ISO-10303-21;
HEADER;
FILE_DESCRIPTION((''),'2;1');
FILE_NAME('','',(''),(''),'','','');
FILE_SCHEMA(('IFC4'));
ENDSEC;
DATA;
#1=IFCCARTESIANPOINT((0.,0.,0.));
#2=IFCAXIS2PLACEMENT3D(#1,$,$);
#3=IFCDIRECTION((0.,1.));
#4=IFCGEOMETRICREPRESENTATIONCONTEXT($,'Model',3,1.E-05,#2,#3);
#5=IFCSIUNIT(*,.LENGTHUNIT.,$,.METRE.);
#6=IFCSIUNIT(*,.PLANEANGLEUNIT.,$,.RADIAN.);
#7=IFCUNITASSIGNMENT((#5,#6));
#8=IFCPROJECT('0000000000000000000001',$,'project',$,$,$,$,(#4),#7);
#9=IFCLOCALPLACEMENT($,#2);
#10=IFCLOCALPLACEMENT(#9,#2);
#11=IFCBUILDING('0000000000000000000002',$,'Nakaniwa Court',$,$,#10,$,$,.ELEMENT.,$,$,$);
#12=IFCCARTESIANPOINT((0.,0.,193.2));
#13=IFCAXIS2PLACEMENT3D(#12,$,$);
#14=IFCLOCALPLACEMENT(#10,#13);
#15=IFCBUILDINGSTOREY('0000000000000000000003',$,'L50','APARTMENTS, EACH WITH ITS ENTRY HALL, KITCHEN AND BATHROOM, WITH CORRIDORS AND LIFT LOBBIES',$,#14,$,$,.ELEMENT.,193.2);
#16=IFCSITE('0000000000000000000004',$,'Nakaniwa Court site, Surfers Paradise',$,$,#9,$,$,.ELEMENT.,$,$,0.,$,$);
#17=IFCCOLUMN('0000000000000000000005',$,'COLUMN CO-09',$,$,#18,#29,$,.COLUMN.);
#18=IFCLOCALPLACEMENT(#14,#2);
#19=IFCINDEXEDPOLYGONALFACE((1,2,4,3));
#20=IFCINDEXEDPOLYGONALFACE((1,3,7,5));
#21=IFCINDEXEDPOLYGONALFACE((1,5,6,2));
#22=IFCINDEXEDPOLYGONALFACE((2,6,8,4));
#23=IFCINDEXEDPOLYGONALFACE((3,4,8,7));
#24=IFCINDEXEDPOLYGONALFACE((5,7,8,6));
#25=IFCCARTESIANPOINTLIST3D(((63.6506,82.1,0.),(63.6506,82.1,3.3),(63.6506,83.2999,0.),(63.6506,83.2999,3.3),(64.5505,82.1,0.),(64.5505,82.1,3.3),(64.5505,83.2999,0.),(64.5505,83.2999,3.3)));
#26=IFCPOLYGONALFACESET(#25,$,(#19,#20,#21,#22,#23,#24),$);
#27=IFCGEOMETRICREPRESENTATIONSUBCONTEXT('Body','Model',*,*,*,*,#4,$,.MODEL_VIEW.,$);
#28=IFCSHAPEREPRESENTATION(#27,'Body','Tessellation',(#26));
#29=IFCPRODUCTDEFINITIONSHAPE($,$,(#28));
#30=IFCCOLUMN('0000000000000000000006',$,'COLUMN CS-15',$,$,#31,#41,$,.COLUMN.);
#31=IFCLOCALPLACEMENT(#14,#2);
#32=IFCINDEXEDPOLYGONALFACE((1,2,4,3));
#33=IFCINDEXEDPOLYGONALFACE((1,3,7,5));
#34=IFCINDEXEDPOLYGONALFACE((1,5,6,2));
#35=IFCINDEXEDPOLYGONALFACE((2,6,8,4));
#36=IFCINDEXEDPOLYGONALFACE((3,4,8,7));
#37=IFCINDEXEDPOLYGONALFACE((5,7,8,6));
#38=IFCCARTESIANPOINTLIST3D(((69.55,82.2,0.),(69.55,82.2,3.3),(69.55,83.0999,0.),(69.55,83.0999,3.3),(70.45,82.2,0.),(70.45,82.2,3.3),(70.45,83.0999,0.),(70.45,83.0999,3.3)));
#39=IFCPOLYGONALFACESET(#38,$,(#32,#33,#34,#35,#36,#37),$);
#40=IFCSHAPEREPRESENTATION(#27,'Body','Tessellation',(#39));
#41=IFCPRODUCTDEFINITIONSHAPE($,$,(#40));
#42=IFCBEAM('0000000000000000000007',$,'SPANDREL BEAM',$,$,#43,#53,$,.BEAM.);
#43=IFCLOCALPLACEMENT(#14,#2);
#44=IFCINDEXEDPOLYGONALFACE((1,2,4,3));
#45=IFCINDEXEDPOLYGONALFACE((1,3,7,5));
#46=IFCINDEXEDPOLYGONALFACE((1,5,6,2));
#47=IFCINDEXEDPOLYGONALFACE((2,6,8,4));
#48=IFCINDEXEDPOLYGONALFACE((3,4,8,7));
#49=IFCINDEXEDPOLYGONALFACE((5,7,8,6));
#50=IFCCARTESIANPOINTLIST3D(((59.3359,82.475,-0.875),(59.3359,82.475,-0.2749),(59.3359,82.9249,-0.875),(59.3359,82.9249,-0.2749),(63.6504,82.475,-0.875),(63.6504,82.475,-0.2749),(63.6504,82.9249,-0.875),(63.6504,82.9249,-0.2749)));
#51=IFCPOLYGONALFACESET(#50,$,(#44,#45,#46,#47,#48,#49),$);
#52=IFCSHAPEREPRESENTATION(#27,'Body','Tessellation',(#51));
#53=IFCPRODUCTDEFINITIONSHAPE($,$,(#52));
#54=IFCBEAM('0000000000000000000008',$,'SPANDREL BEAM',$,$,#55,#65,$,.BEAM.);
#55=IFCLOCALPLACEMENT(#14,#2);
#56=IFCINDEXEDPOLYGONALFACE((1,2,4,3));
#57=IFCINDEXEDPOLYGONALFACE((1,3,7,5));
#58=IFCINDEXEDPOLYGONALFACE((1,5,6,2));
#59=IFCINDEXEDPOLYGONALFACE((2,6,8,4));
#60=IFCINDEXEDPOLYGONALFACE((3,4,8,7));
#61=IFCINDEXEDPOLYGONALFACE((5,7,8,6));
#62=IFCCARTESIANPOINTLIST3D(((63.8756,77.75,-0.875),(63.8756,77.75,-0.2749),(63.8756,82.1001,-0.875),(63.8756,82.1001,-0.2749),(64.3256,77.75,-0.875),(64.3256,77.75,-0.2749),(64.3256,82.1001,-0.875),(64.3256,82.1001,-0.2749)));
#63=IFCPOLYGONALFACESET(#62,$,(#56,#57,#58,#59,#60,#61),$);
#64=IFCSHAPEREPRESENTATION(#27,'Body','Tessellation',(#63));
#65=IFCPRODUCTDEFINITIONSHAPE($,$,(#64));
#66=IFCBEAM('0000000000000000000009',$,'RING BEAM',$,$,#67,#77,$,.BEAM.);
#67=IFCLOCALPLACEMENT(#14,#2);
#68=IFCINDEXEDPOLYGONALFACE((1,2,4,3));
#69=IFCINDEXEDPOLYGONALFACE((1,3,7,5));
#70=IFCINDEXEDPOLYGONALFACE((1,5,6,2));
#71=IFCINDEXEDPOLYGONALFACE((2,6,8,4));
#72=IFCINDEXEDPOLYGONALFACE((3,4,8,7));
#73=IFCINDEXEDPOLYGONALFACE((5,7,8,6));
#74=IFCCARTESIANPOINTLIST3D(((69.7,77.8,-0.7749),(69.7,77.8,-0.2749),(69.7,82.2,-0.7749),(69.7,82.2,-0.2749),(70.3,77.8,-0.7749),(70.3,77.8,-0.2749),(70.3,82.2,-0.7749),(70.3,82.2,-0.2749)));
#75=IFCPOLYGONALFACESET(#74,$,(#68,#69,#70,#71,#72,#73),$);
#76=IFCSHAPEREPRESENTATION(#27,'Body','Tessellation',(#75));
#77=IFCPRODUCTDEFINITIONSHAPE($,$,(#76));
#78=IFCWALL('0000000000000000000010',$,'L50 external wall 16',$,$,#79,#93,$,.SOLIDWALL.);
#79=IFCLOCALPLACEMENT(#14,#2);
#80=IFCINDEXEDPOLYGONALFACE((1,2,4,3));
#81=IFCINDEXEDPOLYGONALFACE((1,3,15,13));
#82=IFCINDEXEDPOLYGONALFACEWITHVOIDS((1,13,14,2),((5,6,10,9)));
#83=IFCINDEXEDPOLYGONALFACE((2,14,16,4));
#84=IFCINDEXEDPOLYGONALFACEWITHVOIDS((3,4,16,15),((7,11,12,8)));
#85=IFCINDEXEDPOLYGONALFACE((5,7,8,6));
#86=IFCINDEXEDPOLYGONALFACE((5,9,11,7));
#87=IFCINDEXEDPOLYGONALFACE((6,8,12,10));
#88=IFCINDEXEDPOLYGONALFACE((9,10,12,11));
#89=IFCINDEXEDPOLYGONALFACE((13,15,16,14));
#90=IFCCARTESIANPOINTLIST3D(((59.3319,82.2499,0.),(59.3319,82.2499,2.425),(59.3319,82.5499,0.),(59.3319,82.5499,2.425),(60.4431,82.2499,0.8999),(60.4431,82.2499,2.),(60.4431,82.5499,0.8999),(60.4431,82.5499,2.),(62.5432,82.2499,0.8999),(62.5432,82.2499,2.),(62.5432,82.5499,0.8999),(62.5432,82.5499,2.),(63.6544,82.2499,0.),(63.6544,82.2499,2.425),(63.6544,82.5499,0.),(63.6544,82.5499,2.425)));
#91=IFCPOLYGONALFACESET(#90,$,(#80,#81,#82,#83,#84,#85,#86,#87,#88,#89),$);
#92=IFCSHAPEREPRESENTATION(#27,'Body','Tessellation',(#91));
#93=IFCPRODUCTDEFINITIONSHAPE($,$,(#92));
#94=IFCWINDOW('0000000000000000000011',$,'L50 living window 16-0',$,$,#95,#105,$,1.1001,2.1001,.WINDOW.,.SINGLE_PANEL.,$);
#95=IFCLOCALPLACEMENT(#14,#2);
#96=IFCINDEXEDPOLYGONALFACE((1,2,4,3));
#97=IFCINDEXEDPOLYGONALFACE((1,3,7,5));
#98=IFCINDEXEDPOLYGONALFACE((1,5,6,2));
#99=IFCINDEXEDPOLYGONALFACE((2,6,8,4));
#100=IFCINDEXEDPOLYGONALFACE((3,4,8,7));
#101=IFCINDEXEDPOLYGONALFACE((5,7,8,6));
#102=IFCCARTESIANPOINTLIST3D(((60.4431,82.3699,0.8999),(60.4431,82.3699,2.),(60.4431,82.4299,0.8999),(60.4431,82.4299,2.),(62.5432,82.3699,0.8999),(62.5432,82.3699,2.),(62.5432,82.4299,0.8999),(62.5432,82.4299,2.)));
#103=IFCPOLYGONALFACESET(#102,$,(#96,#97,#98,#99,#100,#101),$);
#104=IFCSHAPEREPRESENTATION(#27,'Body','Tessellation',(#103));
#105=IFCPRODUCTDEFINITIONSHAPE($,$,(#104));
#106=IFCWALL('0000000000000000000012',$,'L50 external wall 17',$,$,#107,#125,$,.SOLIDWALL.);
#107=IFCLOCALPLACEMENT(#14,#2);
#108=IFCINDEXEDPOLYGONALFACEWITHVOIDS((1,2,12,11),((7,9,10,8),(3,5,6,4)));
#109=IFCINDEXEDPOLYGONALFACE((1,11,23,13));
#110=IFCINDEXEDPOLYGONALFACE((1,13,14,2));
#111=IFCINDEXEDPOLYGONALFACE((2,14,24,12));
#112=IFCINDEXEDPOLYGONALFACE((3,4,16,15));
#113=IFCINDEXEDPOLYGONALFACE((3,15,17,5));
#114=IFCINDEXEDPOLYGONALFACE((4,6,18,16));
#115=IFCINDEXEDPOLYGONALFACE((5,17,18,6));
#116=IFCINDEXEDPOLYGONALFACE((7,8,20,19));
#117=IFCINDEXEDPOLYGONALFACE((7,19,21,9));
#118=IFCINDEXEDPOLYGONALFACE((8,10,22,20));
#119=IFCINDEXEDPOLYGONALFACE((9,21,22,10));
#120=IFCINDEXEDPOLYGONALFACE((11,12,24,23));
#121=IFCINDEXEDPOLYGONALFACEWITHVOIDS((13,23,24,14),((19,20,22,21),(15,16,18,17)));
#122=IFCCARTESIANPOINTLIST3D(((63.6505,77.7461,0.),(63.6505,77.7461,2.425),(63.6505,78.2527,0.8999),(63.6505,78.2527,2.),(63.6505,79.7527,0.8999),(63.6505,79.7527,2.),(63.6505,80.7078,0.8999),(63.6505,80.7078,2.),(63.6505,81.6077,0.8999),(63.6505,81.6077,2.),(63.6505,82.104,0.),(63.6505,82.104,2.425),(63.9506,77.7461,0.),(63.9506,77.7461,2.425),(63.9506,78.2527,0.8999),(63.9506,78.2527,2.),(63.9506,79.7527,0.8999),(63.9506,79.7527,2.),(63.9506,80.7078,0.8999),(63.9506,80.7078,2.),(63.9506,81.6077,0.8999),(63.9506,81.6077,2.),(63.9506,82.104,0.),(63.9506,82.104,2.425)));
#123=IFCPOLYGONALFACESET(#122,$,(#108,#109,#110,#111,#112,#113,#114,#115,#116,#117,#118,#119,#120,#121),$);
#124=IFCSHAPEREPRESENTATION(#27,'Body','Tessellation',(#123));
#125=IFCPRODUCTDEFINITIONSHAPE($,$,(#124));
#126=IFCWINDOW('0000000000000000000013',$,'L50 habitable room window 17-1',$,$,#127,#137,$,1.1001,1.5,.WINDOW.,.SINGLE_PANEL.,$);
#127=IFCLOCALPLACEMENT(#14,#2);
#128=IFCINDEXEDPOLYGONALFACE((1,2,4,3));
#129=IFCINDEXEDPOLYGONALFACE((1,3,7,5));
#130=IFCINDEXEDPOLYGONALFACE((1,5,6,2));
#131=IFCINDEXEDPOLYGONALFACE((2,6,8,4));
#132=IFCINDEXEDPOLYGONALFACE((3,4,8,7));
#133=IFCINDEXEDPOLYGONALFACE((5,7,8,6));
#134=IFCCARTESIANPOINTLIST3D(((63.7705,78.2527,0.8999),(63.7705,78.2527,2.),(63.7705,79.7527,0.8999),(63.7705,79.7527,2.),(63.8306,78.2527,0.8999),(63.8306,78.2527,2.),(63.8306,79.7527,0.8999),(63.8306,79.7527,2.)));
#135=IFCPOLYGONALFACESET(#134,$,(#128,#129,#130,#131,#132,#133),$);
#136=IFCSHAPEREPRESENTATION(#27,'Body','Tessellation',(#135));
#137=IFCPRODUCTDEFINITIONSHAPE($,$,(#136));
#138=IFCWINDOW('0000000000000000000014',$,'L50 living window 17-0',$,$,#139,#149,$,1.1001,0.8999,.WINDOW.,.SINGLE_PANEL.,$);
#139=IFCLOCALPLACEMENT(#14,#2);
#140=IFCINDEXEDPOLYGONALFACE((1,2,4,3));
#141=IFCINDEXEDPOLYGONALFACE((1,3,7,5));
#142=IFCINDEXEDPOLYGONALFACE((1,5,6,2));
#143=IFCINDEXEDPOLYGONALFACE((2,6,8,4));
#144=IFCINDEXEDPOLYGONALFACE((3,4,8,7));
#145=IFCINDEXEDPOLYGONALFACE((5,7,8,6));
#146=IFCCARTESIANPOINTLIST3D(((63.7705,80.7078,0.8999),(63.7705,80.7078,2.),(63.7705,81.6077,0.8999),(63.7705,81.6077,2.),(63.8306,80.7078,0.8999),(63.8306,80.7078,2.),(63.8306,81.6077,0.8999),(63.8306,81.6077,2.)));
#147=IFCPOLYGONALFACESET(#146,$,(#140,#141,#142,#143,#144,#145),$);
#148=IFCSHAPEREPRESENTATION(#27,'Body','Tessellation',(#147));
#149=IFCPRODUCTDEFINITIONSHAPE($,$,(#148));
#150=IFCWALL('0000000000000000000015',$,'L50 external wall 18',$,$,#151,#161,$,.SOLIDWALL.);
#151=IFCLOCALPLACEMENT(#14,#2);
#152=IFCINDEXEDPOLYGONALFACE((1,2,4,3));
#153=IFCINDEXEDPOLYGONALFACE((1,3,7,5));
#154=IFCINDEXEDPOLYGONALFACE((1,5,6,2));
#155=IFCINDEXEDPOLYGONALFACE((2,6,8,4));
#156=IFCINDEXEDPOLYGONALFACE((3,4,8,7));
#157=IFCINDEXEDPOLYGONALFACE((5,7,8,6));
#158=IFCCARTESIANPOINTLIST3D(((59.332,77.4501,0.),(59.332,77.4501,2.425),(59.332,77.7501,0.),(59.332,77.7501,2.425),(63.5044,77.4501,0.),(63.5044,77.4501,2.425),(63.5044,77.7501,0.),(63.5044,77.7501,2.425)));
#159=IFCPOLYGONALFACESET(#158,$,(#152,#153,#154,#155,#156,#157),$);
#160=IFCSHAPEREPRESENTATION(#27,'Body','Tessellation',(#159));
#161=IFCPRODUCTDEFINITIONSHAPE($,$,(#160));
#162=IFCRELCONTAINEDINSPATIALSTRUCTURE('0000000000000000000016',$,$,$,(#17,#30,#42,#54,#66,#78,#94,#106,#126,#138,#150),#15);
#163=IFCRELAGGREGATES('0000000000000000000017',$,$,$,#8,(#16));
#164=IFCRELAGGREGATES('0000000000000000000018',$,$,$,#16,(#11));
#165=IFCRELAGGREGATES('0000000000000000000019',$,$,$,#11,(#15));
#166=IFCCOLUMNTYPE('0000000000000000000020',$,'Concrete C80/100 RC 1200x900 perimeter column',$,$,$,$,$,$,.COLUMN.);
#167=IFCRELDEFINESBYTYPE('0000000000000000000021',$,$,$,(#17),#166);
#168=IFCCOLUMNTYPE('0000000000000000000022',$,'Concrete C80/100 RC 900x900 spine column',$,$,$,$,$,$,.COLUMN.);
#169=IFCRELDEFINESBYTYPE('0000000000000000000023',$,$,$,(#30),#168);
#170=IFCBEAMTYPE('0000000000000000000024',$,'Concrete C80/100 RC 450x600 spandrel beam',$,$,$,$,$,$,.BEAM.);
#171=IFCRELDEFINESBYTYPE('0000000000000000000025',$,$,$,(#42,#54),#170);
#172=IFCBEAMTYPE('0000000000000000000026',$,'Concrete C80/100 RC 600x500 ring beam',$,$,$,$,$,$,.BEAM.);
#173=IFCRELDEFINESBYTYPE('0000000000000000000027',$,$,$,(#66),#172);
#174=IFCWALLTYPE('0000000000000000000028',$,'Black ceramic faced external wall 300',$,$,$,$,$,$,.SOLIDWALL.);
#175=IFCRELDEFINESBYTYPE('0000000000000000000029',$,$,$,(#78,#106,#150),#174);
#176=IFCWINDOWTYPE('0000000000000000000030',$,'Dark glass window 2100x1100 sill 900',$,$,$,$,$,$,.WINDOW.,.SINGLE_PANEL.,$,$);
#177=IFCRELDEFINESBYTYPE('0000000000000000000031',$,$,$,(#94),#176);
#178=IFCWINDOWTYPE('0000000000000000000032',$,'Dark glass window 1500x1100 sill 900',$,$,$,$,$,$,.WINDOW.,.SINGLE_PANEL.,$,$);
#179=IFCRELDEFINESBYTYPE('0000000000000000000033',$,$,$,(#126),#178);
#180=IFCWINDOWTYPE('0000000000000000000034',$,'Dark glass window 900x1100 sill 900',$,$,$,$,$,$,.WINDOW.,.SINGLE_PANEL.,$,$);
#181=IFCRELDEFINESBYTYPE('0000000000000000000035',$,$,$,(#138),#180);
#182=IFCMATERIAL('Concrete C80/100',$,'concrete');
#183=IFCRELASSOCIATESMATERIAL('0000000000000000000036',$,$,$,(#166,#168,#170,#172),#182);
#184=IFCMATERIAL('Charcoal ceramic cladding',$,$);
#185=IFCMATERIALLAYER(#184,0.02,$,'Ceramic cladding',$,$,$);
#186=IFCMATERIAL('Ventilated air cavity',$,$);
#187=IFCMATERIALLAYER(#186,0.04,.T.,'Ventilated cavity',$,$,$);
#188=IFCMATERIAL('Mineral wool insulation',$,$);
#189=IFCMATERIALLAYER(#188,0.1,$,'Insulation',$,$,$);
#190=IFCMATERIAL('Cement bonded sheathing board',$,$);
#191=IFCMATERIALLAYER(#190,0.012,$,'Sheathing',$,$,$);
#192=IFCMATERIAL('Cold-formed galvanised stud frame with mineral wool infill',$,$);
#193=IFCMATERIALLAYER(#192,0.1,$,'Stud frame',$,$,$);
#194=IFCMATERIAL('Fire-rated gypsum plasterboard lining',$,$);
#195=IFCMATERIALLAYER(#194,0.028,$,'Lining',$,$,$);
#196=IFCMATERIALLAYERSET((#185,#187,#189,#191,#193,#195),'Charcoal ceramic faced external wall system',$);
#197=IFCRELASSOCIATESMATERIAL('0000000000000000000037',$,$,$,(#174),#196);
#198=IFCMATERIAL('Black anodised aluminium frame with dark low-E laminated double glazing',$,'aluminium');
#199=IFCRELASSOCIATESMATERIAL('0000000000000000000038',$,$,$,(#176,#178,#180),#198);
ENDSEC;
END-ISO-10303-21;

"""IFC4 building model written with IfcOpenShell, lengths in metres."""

from ifc_helpers import new_model, si_unit, direction, frame, frame_2d, origin, origin_2d, place, context, subcontext, project, spatial, rectangle, extrude, material, layer, layer_set, material_profile, profile_set, type_object, element, fill, save


model = new_model("IFC4")

# Units and contexts
model_context = context("Model", 3, precision=1e-05, world=origin(), true_north=direction((0.0, 1.0)))
body_context = subcontext(model_context, "Body", "Model", "MODEL_VIEW")
ifc_project = project(units=[si_unit("LENGTHUNIT", "METRE"), si_unit("PLANEANGLEUNIT", "RADIAN")], contexts=[model_context])

# Site, building, storey
site_placement = place(None, origin())
site = spatial("IfcSite", under=ifc_project, at=site_placement, Name="Nakaniwa Court site, Surfers Paradise", CompositionType="ELEMENT", RefElevation=0.0)
building_placement = place(site_placement, origin())
building = spatial("IfcBuilding", under=site, at=building_placement, Name="Nakaniwa Court", CompositionType="ELEMENT")
storey_placement = place(building_placement, frame((0.0, 0.0, 193.2)))
storey = spatial("IfcBuildingStorey", under=building, at=storey_placement, Name="L50", Description="APARTMENTS, EACH WITH ITS ENTRY HALL, KITCHEN AND BATHROOM, WITH CORRIDORS AND LIFT LOBBIES", CompositionType="ELEMENT", Elevation=193.2)

# Columns
ifc_material_1 = material(Name="Concrete C80/100", Category="concrete")
ifc_material_profile_1 = material_profile(ifc_material_1, rectangle(XDim=1.2, YDim=0.8999, at=origin_2d()), Name="Concrete C80/100 RC 1200x900 perimeter column")
ifc_profile_set_1 = profile_set([ifc_material_profile_1], Name="Concrete C80/100")
column_type_1 = type_object("IfcColumnType", Name="Concrete C80/100 RC 1200x900 perimeter column", PredefinedType="COLUMN", material=ifc_profile_set_1)
column_1_placement = place(storey_placement, frame((64.1006, 82.7, 0.0), z_axis=(0.0, 0.0, 1.0), x_axis=(0.0, -1.0, 0.0)))
element("IfcColumn", 1, at=column_1_placement, inside=storey, type_object=column_type_1, Name="COLUMN CO-09", PredefinedType="COLUMN", context=body_context, shape_type="SweptSolid", body=[
    extrude(rectangle(XDim=1.2, YDim=0.8999, at=origin_2d()), origin(), (0.0, 0.0, 1.0), 3.3),
])
ifc_material_profile_2 = material_profile(ifc_material_1, rectangle(XDim=0.8999, YDim=0.8999, at=origin_2d()), Name="Concrete C80/100 RC 900x900 spine column")
ifc_profile_set_2 = profile_set([ifc_material_profile_2], Name="Concrete C80/100")
column_type_2 = type_object("IfcColumnType", Name="Concrete C80/100 RC 900x900 spine column", PredefinedType="COLUMN", material=ifc_profile_set_2)
column_2_placement = place(storey_placement, frame((70.0, 82.6499, 0.0), z_axis=(0.0, 0.0, 1.0), x_axis=(0.0, -1.0, 0.0)))
element("IfcColumn", 2, at=column_2_placement, inside=storey, type_object=column_type_2, Name="COLUMN CS-15", PredefinedType="COLUMN", context=body_context, shape_type="SweptSolid", body=[
    extrude(rectangle(XDim=0.8999, YDim=0.8999, at=origin_2d()), origin(), (0.0, 0.0, 1.0), 3.3),
])

# Beams
ifc_material_profile_3 = material_profile(ifc_material_1, rectangle(XDim=0.45, YDim=0.6001, at=origin_2d()), Name="Concrete C80/100 RC 450x600 spandrel beam")
ifc_profile_set_3 = profile_set([ifc_material_profile_3], Name="Concrete C80/100")
beam_type_1 = type_object("IfcBeamType", Name="Concrete C80/100 RC 450x600 spandrel beam", PredefinedType="BEAM", material=ifc_profile_set_3)
beam_1_placement = place(storey_placement, frame((59.3359, 82.7, -0.575), z_axis=(1.0, 0.0, 0.0), x_axis=(0.0, 1.0, 0.0)))
element("IfcBeam", 3, at=beam_1_placement, inside=storey, type_object=beam_type_1, Name="SPANDREL BEAM", PredefinedType="BEAM", context=body_context, shape_type="SweptSolid", body=[
    extrude(rectangle(XDim=0.45, YDim=0.6001, at=origin_2d()), origin(), (0.0, 0.0, 1.0), 4.3145),
])
beam_2_placement = place(storey_placement, frame((64.1006, 82.1001, -0.575), z_axis=(0.0, -1.0, 0.0), x_axis=(1.0, 0.0, 0.0)))
element("IfcBeam", 4, at=beam_2_placement, inside=storey, type_object=beam_type_1, Name="SPANDREL BEAM", PredefinedType="BEAM", context=body_context, shape_type="SweptSolid", body=[
    extrude(rectangle(XDim=0.45, YDim=0.6001, at=origin_2d()), origin(), (0.0, 0.0, 1.0), 4.3501),
])
ifc_material_profile_4 = material_profile(ifc_material_1, rectangle(XDim=0.6001, YDim=0.5, at=origin_2d()), Name="Concrete C80/100 RC 600x500 ring beam")
ifc_profile_set_4 = profile_set([ifc_material_profile_4], Name="Concrete C80/100")
beam_type_2 = type_object("IfcBeamType", Name="Concrete C80/100 RC 600x500 ring beam", PredefinedType="BEAM", material=ifc_profile_set_4)
beam_3_placement = place(storey_placement, frame((70.0, 82.2, -0.5249), z_axis=(0.0, -1.0, 0.0), x_axis=(1.0, 0.0, 0.0)))
element("IfcBeam", 5, at=beam_3_placement, inside=storey, type_object=beam_type_2, Name="RING BEAM", PredefinedType="BEAM", context=body_context, shape_type="SweptSolid", body=[
    extrude(rectangle(XDim=0.6001, YDim=0.5, at=origin_2d()), origin(), (0.0, 0.0, 1.0), 4.3999),
])

# Wall, opening, window
ifc_material_2 = material(Name="Charcoal ceramic cladding")
ifc_layer_1 = layer(ifc_material_2, 0.02, Name="Ceramic cladding")
ifc_material_3 = material(Name="Ventilated air cavity")
ifc_layer_2 = layer(ifc_material_3, 0.04, ventilated=True, Name="Ventilated cavity")
ifc_material_4 = material(Name="Mineral wool insulation")
ifc_layer_3 = layer(ifc_material_4, 0.1, Name="Insulation")
ifc_material_5 = material(Name="Cement bonded sheathing board")
ifc_layer_4 = layer(ifc_material_5, 0.012, Name="Sheathing")
ifc_material_6 = material(Name="Cold-formed galvanised stud frame with mineral wool infill")
ifc_layer_5 = layer(ifc_material_6, 0.1, Name="Stud frame")
ifc_material_7 = material(Name="Fire-rated gypsum plasterboard lining")
ifc_layer_6 = layer(ifc_material_7, 0.028, Name="Lining")
ifc_layer_set_1 = layer_set([ifc_layer_1, ifc_layer_2, ifc_layer_3, ifc_layer_4, ifc_layer_5, ifc_layer_6], Name="Charcoal ceramic faced external wall system")
wall_type_1 = type_object("IfcWallType", Name="Black ceramic faced external wall 300", PredefinedType="SOLIDWALL", material=ifc_layer_set_1)
wall_1_placement = place(storey_placement, frame((59.332, 82.3999, 0.0), z_axis=(0.0, 0.0, 1.0), x_axis=(1.0, 0.0, 0.0)))
wall_1 = element("IfcWall", 6, at=wall_1_placement, inside=storey, type_object=wall_type_1, Name="L50 external wall 16", PredefinedType="SOLIDWALL", context=body_context, shape_type="SweptSolid", body=[
    extrude(rectangle(XDim=4.3225, YDim=0.3, at=frame_2d((2.1611, 0.0))), origin(), (0.0, 0.0, 1.0), 2.425),
])
opening_1_placement = place(wall_1_placement, frame((1.1111, 0.0, 0.8999)))
opening_1 = element("IfcOpeningElement", 7, at=opening_1_placement, cuts=wall_1, PredefinedType="OPENING", context=body_context, shape_type="SweptSolid", body=[
    extrude(rectangle(XDim=2.1001, YDim=1.1001, at=frame_2d((1.05, 0.55))), frame((0.0, 0.1599, 0.0), z_axis=(0.0, -1.0, 0.0), x_axis=(1.0, 0.0, 0.0)), (0.0, 0.0, 1.0), 0.3201),
])
ifc_material_8 = material(Name="Black anodised aluminium frame with dark low-E laminated double glazing", Category="aluminium")
window_type_1 = type_object("IfcWindowType", Name="Dark glass window 2100x1100 sill 900", PartitioningType="SINGLE_PANEL", PredefinedType="WINDOW", material=ifc_material_8)
window_1_placement = place(opening_1_placement, origin())
window_1 = element("IfcWindow", 8, at=window_1_placement, inside=storey, type_object=window_type_1, Name="L50 living window 16-0", OverallHeight=1.1001, OverallWidth=2.1001, PartitioningType="SINGLE_PANEL", PredefinedType="WINDOW", context=body_context, shape_type="SweptSolid", body=[
    extrude(rectangle(XDim=2.1001, YDim=1.1001, at=frame_2d((1.05, 0.55))), frame((0.0, 0.03, 0.0), z_axis=(0.0, -1.0, 0.0), x_axis=(1.0, 0.0, 0.0)), (0.0, 0.0, 1.0), 0.0601),
])
fill(opening_1, window_1)

# Wall, openings, windows
wall_2_placement = place(storey_placement, frame((63.8005, 82.104, 0.0), z_axis=(0.0, 0.0, 1.0), x_axis=(0.0, -1.0, 0.0)))
wall_2 = element("IfcWall", 9, at=wall_2_placement, inside=storey, type_object=wall_type_1, Name="L50 external wall 17", PredefinedType="SOLIDWALL", context=body_context, shape_type="SweptSolid", body=[
    extrude(rectangle(XDim=4.3579, YDim=0.3, at=frame_2d((2.179, 0.0))), origin(), (0.0, 0.0, 1.0), 2.425),
])
opening_2_placement = place(wall_2_placement, frame((0.4963, 0.0, 0.8999)))
opening_2 = element("IfcOpeningElement", 10, at=opening_2_placement, cuts=wall_2, PredefinedType="OPENING", context=body_context, shape_type="SweptSolid", body=[
    extrude(rectangle(XDim=0.8999, YDim=1.1001, at=frame_2d((0.45, 0.55))), frame((0.0, 0.1599, 0.0), z_axis=(0.0, -1.0, 0.0), x_axis=(1.0, 0.0, 0.0)), (0.0, 0.0, 1.0), 0.3201),
])
opening_3_placement = place(wall_2_placement, frame((2.3513, 0.0, 0.8999)))
opening_3 = element("IfcOpeningElement", 11, at=opening_3_placement, cuts=wall_2, PredefinedType="OPENING", context=body_context, shape_type="SweptSolid", body=[
    extrude(rectangle(XDim=1.5, YDim=1.1001, at=frame_2d((0.75, 0.55))), frame((0.0, 0.1599, 0.0), z_axis=(0.0, -1.0, 0.0), x_axis=(1.0, 0.0, 0.0)), (0.0, 0.0, 1.0), 0.3201),
])
window_type_2 = type_object("IfcWindowType", Name="Dark glass window 1500x1100 sill 900", PartitioningType="SINGLE_PANEL", PredefinedType="WINDOW", material=ifc_material_8)
window_2_placement = place(opening_3_placement, origin())
window_2 = element("IfcWindow", 12, at=window_2_placement, inside=storey, type_object=window_type_2, Name="L50 habitable room window 17-1", OverallHeight=1.1001, OverallWidth=1.5, PartitioningType="SINGLE_PANEL", PredefinedType="WINDOW", context=body_context, shape_type="SweptSolid", body=[
    extrude(rectangle(XDim=1.5, YDim=1.1001, at=frame_2d((0.75, 0.55))), frame((0.0, 0.03, 0.0), z_axis=(0.0, -1.0, 0.0), x_axis=(1.0, 0.0, 0.0)), (0.0, 0.0, 1.0), 0.0601),
])
fill(opening_3, window_2)
window_type_3 = type_object("IfcWindowType", Name="Dark glass window 900x1100 sill 900", PartitioningType="SINGLE_PANEL", PredefinedType="WINDOW", material=ifc_material_8)
window_3_placement = place(opening_2_placement, origin())
window_3 = element("IfcWindow", 13, at=window_3_placement, inside=storey, type_object=window_type_3, Name="L50 living window 17-0", OverallHeight=1.1001, OverallWidth=0.8999, PartitioningType="SINGLE_PANEL", PredefinedType="WINDOW", context=body_context, shape_type="SweptSolid", body=[
    extrude(rectangle(XDim=0.8999, YDim=1.1001, at=frame_2d((0.45, 0.55))), frame((0.0, 0.03, 0.0), z_axis=(0.0, -1.0, 0.0), x_axis=(1.0, 0.0, 0.0)), (0.0, 0.0, 1.0), 0.0601),
])
fill(opening_2, window_3)

# Wall
wall_3_placement = place(storey_placement, frame((63.5044, 77.6001, 0.0), z_axis=(0.0, 0.0, 1.0), x_axis=(-1.0, 0.0, 0.0)))
element("IfcWall", 14, at=wall_3_placement, inside=storey, type_object=wall_type_1, Name="L50 external wall 18", PredefinedType="SOLIDWALL", context=body_context, shape_type="SweptSolid", body=[
    extrude(rectangle(XDim=4.1724, YDim=0.3, at=frame_2d((2.0862, 0.0))), origin(), (0.0, 0.0, 1.0), 2.425),
])

save(model, "model.ifc")
